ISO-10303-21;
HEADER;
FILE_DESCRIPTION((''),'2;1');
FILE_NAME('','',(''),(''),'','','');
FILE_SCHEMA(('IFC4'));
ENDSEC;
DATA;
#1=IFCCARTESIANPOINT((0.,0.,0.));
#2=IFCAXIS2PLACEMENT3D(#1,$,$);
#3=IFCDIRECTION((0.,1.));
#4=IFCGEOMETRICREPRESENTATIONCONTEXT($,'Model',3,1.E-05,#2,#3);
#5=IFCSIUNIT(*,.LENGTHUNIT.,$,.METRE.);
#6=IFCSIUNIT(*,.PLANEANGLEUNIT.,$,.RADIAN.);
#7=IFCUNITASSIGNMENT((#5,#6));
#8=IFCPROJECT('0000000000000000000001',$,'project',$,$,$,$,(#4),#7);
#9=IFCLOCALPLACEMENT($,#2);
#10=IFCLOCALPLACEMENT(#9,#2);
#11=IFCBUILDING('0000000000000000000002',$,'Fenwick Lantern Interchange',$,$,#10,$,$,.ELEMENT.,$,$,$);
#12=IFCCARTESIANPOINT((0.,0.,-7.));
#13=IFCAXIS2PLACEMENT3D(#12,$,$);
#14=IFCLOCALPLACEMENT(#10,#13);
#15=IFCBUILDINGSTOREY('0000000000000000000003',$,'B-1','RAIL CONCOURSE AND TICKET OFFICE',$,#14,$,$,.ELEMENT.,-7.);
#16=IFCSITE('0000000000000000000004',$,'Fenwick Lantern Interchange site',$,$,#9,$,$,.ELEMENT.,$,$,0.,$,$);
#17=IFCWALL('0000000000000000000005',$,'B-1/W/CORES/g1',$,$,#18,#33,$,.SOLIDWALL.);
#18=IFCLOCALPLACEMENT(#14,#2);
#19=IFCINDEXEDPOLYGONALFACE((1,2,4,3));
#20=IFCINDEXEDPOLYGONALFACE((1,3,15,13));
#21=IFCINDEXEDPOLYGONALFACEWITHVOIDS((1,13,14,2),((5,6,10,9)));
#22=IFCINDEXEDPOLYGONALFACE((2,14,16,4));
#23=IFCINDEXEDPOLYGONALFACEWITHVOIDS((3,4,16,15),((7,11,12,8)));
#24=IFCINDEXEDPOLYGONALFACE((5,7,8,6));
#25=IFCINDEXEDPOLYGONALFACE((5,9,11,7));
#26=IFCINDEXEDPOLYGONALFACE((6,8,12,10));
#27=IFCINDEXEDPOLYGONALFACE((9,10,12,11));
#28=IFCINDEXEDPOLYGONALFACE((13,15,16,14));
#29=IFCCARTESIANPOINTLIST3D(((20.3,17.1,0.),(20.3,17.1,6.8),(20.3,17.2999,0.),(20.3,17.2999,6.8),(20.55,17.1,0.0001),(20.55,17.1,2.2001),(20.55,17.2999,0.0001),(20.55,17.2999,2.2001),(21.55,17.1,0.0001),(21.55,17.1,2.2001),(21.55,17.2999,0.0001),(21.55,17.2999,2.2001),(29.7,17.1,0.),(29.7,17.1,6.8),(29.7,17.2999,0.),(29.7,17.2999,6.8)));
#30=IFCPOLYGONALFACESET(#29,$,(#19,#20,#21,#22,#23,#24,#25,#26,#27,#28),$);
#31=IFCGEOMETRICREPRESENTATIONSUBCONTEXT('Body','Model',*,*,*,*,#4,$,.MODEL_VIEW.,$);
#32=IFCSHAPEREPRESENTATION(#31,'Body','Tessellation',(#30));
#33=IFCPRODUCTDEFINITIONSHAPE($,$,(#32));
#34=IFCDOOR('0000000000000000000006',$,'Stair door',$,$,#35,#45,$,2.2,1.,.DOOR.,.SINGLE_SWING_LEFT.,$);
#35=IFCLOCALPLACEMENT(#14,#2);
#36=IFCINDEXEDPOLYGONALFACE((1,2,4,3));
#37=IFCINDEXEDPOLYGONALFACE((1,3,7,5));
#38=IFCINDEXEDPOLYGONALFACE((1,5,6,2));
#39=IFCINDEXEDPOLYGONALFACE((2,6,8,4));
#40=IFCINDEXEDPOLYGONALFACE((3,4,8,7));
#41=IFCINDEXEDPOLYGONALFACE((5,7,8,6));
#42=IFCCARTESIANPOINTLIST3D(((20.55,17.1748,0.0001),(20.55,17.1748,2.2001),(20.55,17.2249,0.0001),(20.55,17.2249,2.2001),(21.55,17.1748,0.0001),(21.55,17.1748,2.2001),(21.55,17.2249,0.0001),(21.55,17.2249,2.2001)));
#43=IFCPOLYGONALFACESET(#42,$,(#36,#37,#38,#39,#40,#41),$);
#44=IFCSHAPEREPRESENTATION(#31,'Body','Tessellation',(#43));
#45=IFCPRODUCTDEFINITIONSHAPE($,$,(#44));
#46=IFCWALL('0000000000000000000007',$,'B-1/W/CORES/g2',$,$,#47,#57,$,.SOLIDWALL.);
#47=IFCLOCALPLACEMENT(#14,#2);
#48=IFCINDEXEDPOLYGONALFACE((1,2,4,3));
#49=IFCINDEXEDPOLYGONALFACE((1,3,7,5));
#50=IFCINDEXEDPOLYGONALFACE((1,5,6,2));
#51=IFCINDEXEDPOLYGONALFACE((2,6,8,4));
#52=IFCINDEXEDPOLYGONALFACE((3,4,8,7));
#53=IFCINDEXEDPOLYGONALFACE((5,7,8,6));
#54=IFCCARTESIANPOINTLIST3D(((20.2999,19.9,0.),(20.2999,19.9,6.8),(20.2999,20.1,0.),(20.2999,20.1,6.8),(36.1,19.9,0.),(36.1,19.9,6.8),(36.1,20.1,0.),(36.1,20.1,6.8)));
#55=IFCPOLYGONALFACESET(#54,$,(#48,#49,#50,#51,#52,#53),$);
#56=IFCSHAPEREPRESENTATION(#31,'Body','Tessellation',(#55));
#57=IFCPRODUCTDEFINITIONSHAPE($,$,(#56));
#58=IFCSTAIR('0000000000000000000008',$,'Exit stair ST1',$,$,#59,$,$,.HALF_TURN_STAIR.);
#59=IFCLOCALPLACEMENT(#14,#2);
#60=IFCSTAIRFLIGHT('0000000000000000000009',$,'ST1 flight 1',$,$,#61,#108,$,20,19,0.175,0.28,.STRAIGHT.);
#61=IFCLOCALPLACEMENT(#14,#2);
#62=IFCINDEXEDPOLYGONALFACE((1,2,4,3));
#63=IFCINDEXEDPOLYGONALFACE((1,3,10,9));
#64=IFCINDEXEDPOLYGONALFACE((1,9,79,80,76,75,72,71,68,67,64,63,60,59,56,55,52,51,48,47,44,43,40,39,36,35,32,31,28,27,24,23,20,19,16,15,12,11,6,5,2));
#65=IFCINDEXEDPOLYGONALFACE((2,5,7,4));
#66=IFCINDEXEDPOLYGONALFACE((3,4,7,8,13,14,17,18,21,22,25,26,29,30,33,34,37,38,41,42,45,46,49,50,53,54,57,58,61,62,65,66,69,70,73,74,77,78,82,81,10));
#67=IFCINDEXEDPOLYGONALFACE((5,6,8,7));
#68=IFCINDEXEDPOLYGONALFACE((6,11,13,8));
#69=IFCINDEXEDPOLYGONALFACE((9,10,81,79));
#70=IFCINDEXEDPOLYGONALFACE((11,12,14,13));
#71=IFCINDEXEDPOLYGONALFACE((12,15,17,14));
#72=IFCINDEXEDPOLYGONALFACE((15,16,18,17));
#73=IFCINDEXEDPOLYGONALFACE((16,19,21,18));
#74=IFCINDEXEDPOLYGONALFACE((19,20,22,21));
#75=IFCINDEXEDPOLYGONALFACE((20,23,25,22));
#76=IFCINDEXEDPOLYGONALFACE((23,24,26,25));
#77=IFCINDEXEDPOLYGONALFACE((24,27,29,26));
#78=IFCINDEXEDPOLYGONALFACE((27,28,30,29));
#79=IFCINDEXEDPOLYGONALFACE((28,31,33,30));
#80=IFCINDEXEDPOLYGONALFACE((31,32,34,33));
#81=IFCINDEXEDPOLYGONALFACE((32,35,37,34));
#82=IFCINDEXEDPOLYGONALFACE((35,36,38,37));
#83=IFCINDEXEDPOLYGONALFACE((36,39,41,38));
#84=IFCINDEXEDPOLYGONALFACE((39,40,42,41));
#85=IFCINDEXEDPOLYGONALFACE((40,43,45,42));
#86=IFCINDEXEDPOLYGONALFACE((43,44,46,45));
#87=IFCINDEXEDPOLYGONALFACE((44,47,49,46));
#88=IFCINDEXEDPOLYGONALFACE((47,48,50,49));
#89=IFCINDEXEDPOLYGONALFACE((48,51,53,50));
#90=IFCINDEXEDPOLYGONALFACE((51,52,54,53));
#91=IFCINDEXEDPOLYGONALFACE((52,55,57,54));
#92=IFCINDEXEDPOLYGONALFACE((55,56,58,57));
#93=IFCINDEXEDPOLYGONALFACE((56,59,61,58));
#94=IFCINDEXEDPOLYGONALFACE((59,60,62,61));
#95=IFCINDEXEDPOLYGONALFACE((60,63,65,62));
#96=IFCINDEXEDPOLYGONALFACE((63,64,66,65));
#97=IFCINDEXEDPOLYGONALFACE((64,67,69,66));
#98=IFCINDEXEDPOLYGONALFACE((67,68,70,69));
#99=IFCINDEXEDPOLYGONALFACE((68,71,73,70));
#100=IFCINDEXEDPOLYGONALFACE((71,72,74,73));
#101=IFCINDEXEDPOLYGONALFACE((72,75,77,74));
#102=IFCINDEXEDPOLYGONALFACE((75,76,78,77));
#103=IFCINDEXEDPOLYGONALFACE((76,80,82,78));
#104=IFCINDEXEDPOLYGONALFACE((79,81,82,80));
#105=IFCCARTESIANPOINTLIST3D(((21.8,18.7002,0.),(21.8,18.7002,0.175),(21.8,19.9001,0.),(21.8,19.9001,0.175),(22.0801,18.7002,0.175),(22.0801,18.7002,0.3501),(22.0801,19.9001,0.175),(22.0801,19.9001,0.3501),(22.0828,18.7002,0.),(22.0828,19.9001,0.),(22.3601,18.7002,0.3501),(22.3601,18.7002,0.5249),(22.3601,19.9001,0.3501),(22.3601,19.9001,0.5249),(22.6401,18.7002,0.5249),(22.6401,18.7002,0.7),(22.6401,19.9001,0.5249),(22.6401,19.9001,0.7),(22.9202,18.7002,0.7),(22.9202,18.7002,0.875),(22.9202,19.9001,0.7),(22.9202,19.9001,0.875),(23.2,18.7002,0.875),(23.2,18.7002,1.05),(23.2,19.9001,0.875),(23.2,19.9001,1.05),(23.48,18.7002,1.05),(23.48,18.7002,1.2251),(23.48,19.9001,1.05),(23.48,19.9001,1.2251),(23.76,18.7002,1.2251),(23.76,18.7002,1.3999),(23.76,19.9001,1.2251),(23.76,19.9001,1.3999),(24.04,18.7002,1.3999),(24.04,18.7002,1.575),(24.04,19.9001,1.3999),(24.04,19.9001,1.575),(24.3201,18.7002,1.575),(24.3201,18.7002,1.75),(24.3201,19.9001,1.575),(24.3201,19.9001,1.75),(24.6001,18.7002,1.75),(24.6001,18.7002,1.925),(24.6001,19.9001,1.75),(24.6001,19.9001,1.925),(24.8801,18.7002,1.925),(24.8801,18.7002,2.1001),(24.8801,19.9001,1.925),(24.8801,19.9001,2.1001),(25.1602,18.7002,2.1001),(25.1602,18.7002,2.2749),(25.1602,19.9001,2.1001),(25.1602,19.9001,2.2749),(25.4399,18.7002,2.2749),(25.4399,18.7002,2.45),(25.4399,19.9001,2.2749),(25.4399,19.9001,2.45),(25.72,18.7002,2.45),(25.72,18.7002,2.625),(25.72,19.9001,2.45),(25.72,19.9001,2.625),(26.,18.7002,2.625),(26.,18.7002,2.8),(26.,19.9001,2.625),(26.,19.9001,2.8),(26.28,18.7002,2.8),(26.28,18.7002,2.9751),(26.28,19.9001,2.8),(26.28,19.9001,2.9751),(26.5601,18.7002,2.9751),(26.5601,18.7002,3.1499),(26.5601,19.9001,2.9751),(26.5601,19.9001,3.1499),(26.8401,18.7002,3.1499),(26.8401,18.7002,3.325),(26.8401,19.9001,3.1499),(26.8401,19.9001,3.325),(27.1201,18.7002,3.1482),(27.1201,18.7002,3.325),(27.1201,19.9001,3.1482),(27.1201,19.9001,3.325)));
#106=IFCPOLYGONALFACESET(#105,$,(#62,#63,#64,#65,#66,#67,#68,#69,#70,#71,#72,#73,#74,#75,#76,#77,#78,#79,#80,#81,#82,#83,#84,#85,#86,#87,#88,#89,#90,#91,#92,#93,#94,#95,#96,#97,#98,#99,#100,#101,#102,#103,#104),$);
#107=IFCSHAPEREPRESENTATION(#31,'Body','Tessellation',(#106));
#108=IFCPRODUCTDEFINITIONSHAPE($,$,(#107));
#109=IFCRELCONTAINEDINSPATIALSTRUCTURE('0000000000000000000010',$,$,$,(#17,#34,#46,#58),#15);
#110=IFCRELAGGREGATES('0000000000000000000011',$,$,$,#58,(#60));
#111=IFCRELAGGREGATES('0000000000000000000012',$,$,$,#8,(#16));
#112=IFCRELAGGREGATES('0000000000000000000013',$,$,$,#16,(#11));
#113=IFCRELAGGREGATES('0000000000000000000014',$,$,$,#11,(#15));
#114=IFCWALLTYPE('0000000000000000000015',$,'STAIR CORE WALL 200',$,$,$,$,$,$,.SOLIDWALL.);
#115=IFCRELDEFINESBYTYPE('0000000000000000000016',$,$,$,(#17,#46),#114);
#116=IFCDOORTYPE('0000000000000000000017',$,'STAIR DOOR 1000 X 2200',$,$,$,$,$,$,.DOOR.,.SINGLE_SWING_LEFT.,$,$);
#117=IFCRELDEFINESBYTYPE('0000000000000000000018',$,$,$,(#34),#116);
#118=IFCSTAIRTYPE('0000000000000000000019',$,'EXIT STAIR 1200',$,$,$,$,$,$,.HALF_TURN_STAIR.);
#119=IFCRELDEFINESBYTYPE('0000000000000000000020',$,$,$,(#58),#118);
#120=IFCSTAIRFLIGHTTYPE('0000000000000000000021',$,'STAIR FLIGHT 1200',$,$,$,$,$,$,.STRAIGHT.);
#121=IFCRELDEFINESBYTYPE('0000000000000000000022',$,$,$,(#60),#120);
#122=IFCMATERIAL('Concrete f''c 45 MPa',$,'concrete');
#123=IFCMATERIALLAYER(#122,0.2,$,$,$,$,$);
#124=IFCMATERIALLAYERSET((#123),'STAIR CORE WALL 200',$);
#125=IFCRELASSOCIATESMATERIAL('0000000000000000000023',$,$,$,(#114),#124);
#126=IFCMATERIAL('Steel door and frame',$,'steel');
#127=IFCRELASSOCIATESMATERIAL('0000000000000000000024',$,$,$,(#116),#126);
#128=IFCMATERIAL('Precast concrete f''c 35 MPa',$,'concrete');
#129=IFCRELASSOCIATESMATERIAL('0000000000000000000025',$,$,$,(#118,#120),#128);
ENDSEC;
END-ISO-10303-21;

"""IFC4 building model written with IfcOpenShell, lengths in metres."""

from ifc_helpers import new_model, si_unit, direction, frame, frame_2d, origin, place, context, subcontext, project, spatial, polyline, rectangle, outline, extrude, material, layer, layer_set, type_object, element, fill, aggregate, save


model = new_model("IFC4")

# Units and contexts
model_context = context("Model", 3, precision=1e-05, world=origin(), true_north=direction((0.0, 1.0)))
body_context = subcontext(model_context, "Body", "Model", "MODEL_VIEW")
ifc_project = project(units=[si_unit("LENGTHUNIT", "METRE"), si_unit("PLANEANGLEUNIT", "RADIAN")], contexts=[model_context])

# Site, building, storey
site_placement = place(None, origin())
site = spatial("IfcSite", under=ifc_project, at=site_placement, Name="Fenwick Lantern Interchange site", CompositionType="ELEMENT", RefElevation=0.0)
building_placement = place(site_placement, origin())
building = spatial("IfcBuilding", under=site, at=building_placement, Name="Fenwick Lantern Interchange", CompositionType="ELEMENT")
storey_placement = place(building_placement, frame((0.0, 0.0, -7.0)))
storey = spatial("IfcBuildingStorey", under=building, at=storey_placement, Name="B-1", Description="RAIL CONCOURSE AND TICKET OFFICE", CompositionType="ELEMENT", Elevation=-7.0)

# Shared definitions
ifc_material_1 = material(Name="Concrete f'c 45 MPa", Category="concrete")

# Shared definitions
ifc_layer_1 = layer(ifc_material_1, 0.2)
ifc_layer_set_1 = layer_set([ifc_layer_1], Name="STAIR CORE WALL 200")
wall_type_1 = type_object("IfcWallType", Name="STAIR CORE WALL 200", PredefinedType="SOLIDWALL", material=ifc_layer_set_1)

# Wall, opening, door
wall_1_placement = place(storey_placement, frame((20.3, 17.2, 0.0), z_axis=(0.0, 0.0, 1.0), x_axis=(1.0, 0.0, 0.0)))
wall_1 = element("IfcWall", 1, at=wall_1_placement, inside=storey, type_object=wall_type_1, Name="B-1/W/CORES/g1", PredefinedType="SOLIDWALL", context=body_context, shape_type="SweptSolid", body=[
    extrude(rectangle(XDim=9.3999, YDim=0.2, at=frame_2d((4.7, 0.0))), origin(), (0.0, 0.0, 1.0), 6.8),
])
opening_placement = place(wall_1_placement, frame((0.25, 0.0, 0.0)))
opening = element("IfcOpeningElement", 2, at=opening_placement, cuts=wall_1, PredefinedType="OPENING", context=body_context, shape_type="SweptSolid", body=[
    extrude(rectangle(XDim=1.0, YDim=2.2, at=frame_2d((0.5, 1.1001))), frame((0.0, 0.1099, 0.0), z_axis=(0.0, -1.0, 0.0), x_axis=(1.0, 0.0, 0.0)), (0.0, 0.0, 1.0), 0.22),
])
ifc_material_2 = material(Name="Steel door and frame", Category="steel")
door_type = type_object("IfcDoorType", Name="STAIR DOOR 1000 X 2200", OperationType="SINGLE_SWING_LEFT", PredefinedType="DOOR", material=ifc_material_2)
door_placement = place(opening_placement, origin())
door = element("IfcDoor", 3, at=door_placement, inside=storey, type_object=door_type, Name="Stair door", OperationType="SINGLE_SWING_LEFT", OverallHeight=2.2, OverallWidth=1.0, PredefinedType="DOOR", context=body_context, shape_type="SweptSolid", body=[
    extrude(rectangle(XDim=1.0, YDim=2.2, at=frame_2d((0.5, 1.1001))), frame((0.0, 0.0249, 0.0), z_axis=(0.0, -1.0, 0.0), x_axis=(1.0, 0.0, 0.0)), (0.0, 0.0, 1.0), 0.05),
])
fill(opening, door)

# Wall
wall_2_placement = place(storey_placement, frame((20.3, 20.0, 0.0), z_axis=(0.0, 0.0, 1.0), x_axis=(1.0, 0.0, 0.0)))
element("IfcWall", 4, at=wall_2_placement, inside=storey, type_object=wall_type_1, Name="B-1/W/CORES/g2", PredefinedType="SOLIDWALL", context=body_context, shape_type="SweptSolid", body=[
    extrude(rectangle(XDim=15.8, YDim=0.2, at=frame_2d((7.8999, 0.0))), origin(), (0.0, 0.0, 1.0), 6.8),
])

# Stair, stair flight
ifc_material_3 = material(Name="Precast concrete f'c 35 MPa", Category="concrete")
stair_type = type_object("IfcStairType", Name="EXIT STAIR 1200", PredefinedType="HALF_TURN_STAIR", material=ifc_material_3)
stair_placement = place(storey_placement, origin())
stair = element("IfcStair", 5, at=stair_placement, inside=storey, type_object=stair_type, Name="Exit stair ST1", PredefinedType="HALF_TURN_STAIR")
stair_flight_type = type_object("IfcStairFlightType", Name="STAIR FLIGHT 1200", PredefinedType="STRAIGHT", material=ifc_material_3)
stair_flight_placement = place(storey_placement, frame((21.8, 19.3, 0.0), z_axis=(0.0, 0.0, 1.0), x_axis=(1.0, 0.0, 0.0)))
stair_flight = element("IfcStairFlight", 6, at=stair_flight_placement, type_object=stair_flight_type, Name="ST1 flight 1", NumberOfRisers=20, NumberOfTreads=19, PredefinedType="STRAIGHT", RiserHeight=0.175, TreadLength=0.28, context=body_context, shape_type="SweptSolid", body=[
    extrude(outline(polyline([(0.0, 0.0), (0.0, 0.175), (0.28, 0.175), (0.28, 0.3501), (0.5601, 0.3501), (0.5601, 0.5249), (0.8401, 0.5249), (0.8401, 0.7), (1.1201, 0.7), (1.1201, 0.875), (1.3999, 0.875), (1.3999, 1.05), (1.6799, 1.05), (1.6799, 1.2251), (1.96, 1.2251), (1.96, 1.3999), (2.24, 1.3999), (2.24, 1.575), (2.52, 1.575), (2.52, 1.75), (2.8, 1.75), (2.8, 1.925), (3.0801, 1.925), (3.0801, 2.1001), (3.3601, 2.1001), (3.3601, 2.2749), (3.6399, 2.2749), (3.6399, 2.45), (3.9199, 2.45), (3.9199, 2.625), (4.2, 2.625), (4.2, 2.8), (4.48, 2.8), (4.48, 2.9751), (4.76, 2.9751), (4.76, 3.1499), (5.04, 3.1499), (5.04, 3.325), (5.3201, 3.325), (5.3201, 3.5), (5.3201, 3.1482), (0.2827, 0.0), (0.0, 0.0)])), frame((0.0, 0.6001, 0.0), z_axis=(0.0, -1.0, 0.0), x_axis=(1.0, 0.0, 0.0)), (0.0, 0.0, 1.0), 1.2),
])
aggregate(stair, [stair_flight])

save(model, "model.ifc")
